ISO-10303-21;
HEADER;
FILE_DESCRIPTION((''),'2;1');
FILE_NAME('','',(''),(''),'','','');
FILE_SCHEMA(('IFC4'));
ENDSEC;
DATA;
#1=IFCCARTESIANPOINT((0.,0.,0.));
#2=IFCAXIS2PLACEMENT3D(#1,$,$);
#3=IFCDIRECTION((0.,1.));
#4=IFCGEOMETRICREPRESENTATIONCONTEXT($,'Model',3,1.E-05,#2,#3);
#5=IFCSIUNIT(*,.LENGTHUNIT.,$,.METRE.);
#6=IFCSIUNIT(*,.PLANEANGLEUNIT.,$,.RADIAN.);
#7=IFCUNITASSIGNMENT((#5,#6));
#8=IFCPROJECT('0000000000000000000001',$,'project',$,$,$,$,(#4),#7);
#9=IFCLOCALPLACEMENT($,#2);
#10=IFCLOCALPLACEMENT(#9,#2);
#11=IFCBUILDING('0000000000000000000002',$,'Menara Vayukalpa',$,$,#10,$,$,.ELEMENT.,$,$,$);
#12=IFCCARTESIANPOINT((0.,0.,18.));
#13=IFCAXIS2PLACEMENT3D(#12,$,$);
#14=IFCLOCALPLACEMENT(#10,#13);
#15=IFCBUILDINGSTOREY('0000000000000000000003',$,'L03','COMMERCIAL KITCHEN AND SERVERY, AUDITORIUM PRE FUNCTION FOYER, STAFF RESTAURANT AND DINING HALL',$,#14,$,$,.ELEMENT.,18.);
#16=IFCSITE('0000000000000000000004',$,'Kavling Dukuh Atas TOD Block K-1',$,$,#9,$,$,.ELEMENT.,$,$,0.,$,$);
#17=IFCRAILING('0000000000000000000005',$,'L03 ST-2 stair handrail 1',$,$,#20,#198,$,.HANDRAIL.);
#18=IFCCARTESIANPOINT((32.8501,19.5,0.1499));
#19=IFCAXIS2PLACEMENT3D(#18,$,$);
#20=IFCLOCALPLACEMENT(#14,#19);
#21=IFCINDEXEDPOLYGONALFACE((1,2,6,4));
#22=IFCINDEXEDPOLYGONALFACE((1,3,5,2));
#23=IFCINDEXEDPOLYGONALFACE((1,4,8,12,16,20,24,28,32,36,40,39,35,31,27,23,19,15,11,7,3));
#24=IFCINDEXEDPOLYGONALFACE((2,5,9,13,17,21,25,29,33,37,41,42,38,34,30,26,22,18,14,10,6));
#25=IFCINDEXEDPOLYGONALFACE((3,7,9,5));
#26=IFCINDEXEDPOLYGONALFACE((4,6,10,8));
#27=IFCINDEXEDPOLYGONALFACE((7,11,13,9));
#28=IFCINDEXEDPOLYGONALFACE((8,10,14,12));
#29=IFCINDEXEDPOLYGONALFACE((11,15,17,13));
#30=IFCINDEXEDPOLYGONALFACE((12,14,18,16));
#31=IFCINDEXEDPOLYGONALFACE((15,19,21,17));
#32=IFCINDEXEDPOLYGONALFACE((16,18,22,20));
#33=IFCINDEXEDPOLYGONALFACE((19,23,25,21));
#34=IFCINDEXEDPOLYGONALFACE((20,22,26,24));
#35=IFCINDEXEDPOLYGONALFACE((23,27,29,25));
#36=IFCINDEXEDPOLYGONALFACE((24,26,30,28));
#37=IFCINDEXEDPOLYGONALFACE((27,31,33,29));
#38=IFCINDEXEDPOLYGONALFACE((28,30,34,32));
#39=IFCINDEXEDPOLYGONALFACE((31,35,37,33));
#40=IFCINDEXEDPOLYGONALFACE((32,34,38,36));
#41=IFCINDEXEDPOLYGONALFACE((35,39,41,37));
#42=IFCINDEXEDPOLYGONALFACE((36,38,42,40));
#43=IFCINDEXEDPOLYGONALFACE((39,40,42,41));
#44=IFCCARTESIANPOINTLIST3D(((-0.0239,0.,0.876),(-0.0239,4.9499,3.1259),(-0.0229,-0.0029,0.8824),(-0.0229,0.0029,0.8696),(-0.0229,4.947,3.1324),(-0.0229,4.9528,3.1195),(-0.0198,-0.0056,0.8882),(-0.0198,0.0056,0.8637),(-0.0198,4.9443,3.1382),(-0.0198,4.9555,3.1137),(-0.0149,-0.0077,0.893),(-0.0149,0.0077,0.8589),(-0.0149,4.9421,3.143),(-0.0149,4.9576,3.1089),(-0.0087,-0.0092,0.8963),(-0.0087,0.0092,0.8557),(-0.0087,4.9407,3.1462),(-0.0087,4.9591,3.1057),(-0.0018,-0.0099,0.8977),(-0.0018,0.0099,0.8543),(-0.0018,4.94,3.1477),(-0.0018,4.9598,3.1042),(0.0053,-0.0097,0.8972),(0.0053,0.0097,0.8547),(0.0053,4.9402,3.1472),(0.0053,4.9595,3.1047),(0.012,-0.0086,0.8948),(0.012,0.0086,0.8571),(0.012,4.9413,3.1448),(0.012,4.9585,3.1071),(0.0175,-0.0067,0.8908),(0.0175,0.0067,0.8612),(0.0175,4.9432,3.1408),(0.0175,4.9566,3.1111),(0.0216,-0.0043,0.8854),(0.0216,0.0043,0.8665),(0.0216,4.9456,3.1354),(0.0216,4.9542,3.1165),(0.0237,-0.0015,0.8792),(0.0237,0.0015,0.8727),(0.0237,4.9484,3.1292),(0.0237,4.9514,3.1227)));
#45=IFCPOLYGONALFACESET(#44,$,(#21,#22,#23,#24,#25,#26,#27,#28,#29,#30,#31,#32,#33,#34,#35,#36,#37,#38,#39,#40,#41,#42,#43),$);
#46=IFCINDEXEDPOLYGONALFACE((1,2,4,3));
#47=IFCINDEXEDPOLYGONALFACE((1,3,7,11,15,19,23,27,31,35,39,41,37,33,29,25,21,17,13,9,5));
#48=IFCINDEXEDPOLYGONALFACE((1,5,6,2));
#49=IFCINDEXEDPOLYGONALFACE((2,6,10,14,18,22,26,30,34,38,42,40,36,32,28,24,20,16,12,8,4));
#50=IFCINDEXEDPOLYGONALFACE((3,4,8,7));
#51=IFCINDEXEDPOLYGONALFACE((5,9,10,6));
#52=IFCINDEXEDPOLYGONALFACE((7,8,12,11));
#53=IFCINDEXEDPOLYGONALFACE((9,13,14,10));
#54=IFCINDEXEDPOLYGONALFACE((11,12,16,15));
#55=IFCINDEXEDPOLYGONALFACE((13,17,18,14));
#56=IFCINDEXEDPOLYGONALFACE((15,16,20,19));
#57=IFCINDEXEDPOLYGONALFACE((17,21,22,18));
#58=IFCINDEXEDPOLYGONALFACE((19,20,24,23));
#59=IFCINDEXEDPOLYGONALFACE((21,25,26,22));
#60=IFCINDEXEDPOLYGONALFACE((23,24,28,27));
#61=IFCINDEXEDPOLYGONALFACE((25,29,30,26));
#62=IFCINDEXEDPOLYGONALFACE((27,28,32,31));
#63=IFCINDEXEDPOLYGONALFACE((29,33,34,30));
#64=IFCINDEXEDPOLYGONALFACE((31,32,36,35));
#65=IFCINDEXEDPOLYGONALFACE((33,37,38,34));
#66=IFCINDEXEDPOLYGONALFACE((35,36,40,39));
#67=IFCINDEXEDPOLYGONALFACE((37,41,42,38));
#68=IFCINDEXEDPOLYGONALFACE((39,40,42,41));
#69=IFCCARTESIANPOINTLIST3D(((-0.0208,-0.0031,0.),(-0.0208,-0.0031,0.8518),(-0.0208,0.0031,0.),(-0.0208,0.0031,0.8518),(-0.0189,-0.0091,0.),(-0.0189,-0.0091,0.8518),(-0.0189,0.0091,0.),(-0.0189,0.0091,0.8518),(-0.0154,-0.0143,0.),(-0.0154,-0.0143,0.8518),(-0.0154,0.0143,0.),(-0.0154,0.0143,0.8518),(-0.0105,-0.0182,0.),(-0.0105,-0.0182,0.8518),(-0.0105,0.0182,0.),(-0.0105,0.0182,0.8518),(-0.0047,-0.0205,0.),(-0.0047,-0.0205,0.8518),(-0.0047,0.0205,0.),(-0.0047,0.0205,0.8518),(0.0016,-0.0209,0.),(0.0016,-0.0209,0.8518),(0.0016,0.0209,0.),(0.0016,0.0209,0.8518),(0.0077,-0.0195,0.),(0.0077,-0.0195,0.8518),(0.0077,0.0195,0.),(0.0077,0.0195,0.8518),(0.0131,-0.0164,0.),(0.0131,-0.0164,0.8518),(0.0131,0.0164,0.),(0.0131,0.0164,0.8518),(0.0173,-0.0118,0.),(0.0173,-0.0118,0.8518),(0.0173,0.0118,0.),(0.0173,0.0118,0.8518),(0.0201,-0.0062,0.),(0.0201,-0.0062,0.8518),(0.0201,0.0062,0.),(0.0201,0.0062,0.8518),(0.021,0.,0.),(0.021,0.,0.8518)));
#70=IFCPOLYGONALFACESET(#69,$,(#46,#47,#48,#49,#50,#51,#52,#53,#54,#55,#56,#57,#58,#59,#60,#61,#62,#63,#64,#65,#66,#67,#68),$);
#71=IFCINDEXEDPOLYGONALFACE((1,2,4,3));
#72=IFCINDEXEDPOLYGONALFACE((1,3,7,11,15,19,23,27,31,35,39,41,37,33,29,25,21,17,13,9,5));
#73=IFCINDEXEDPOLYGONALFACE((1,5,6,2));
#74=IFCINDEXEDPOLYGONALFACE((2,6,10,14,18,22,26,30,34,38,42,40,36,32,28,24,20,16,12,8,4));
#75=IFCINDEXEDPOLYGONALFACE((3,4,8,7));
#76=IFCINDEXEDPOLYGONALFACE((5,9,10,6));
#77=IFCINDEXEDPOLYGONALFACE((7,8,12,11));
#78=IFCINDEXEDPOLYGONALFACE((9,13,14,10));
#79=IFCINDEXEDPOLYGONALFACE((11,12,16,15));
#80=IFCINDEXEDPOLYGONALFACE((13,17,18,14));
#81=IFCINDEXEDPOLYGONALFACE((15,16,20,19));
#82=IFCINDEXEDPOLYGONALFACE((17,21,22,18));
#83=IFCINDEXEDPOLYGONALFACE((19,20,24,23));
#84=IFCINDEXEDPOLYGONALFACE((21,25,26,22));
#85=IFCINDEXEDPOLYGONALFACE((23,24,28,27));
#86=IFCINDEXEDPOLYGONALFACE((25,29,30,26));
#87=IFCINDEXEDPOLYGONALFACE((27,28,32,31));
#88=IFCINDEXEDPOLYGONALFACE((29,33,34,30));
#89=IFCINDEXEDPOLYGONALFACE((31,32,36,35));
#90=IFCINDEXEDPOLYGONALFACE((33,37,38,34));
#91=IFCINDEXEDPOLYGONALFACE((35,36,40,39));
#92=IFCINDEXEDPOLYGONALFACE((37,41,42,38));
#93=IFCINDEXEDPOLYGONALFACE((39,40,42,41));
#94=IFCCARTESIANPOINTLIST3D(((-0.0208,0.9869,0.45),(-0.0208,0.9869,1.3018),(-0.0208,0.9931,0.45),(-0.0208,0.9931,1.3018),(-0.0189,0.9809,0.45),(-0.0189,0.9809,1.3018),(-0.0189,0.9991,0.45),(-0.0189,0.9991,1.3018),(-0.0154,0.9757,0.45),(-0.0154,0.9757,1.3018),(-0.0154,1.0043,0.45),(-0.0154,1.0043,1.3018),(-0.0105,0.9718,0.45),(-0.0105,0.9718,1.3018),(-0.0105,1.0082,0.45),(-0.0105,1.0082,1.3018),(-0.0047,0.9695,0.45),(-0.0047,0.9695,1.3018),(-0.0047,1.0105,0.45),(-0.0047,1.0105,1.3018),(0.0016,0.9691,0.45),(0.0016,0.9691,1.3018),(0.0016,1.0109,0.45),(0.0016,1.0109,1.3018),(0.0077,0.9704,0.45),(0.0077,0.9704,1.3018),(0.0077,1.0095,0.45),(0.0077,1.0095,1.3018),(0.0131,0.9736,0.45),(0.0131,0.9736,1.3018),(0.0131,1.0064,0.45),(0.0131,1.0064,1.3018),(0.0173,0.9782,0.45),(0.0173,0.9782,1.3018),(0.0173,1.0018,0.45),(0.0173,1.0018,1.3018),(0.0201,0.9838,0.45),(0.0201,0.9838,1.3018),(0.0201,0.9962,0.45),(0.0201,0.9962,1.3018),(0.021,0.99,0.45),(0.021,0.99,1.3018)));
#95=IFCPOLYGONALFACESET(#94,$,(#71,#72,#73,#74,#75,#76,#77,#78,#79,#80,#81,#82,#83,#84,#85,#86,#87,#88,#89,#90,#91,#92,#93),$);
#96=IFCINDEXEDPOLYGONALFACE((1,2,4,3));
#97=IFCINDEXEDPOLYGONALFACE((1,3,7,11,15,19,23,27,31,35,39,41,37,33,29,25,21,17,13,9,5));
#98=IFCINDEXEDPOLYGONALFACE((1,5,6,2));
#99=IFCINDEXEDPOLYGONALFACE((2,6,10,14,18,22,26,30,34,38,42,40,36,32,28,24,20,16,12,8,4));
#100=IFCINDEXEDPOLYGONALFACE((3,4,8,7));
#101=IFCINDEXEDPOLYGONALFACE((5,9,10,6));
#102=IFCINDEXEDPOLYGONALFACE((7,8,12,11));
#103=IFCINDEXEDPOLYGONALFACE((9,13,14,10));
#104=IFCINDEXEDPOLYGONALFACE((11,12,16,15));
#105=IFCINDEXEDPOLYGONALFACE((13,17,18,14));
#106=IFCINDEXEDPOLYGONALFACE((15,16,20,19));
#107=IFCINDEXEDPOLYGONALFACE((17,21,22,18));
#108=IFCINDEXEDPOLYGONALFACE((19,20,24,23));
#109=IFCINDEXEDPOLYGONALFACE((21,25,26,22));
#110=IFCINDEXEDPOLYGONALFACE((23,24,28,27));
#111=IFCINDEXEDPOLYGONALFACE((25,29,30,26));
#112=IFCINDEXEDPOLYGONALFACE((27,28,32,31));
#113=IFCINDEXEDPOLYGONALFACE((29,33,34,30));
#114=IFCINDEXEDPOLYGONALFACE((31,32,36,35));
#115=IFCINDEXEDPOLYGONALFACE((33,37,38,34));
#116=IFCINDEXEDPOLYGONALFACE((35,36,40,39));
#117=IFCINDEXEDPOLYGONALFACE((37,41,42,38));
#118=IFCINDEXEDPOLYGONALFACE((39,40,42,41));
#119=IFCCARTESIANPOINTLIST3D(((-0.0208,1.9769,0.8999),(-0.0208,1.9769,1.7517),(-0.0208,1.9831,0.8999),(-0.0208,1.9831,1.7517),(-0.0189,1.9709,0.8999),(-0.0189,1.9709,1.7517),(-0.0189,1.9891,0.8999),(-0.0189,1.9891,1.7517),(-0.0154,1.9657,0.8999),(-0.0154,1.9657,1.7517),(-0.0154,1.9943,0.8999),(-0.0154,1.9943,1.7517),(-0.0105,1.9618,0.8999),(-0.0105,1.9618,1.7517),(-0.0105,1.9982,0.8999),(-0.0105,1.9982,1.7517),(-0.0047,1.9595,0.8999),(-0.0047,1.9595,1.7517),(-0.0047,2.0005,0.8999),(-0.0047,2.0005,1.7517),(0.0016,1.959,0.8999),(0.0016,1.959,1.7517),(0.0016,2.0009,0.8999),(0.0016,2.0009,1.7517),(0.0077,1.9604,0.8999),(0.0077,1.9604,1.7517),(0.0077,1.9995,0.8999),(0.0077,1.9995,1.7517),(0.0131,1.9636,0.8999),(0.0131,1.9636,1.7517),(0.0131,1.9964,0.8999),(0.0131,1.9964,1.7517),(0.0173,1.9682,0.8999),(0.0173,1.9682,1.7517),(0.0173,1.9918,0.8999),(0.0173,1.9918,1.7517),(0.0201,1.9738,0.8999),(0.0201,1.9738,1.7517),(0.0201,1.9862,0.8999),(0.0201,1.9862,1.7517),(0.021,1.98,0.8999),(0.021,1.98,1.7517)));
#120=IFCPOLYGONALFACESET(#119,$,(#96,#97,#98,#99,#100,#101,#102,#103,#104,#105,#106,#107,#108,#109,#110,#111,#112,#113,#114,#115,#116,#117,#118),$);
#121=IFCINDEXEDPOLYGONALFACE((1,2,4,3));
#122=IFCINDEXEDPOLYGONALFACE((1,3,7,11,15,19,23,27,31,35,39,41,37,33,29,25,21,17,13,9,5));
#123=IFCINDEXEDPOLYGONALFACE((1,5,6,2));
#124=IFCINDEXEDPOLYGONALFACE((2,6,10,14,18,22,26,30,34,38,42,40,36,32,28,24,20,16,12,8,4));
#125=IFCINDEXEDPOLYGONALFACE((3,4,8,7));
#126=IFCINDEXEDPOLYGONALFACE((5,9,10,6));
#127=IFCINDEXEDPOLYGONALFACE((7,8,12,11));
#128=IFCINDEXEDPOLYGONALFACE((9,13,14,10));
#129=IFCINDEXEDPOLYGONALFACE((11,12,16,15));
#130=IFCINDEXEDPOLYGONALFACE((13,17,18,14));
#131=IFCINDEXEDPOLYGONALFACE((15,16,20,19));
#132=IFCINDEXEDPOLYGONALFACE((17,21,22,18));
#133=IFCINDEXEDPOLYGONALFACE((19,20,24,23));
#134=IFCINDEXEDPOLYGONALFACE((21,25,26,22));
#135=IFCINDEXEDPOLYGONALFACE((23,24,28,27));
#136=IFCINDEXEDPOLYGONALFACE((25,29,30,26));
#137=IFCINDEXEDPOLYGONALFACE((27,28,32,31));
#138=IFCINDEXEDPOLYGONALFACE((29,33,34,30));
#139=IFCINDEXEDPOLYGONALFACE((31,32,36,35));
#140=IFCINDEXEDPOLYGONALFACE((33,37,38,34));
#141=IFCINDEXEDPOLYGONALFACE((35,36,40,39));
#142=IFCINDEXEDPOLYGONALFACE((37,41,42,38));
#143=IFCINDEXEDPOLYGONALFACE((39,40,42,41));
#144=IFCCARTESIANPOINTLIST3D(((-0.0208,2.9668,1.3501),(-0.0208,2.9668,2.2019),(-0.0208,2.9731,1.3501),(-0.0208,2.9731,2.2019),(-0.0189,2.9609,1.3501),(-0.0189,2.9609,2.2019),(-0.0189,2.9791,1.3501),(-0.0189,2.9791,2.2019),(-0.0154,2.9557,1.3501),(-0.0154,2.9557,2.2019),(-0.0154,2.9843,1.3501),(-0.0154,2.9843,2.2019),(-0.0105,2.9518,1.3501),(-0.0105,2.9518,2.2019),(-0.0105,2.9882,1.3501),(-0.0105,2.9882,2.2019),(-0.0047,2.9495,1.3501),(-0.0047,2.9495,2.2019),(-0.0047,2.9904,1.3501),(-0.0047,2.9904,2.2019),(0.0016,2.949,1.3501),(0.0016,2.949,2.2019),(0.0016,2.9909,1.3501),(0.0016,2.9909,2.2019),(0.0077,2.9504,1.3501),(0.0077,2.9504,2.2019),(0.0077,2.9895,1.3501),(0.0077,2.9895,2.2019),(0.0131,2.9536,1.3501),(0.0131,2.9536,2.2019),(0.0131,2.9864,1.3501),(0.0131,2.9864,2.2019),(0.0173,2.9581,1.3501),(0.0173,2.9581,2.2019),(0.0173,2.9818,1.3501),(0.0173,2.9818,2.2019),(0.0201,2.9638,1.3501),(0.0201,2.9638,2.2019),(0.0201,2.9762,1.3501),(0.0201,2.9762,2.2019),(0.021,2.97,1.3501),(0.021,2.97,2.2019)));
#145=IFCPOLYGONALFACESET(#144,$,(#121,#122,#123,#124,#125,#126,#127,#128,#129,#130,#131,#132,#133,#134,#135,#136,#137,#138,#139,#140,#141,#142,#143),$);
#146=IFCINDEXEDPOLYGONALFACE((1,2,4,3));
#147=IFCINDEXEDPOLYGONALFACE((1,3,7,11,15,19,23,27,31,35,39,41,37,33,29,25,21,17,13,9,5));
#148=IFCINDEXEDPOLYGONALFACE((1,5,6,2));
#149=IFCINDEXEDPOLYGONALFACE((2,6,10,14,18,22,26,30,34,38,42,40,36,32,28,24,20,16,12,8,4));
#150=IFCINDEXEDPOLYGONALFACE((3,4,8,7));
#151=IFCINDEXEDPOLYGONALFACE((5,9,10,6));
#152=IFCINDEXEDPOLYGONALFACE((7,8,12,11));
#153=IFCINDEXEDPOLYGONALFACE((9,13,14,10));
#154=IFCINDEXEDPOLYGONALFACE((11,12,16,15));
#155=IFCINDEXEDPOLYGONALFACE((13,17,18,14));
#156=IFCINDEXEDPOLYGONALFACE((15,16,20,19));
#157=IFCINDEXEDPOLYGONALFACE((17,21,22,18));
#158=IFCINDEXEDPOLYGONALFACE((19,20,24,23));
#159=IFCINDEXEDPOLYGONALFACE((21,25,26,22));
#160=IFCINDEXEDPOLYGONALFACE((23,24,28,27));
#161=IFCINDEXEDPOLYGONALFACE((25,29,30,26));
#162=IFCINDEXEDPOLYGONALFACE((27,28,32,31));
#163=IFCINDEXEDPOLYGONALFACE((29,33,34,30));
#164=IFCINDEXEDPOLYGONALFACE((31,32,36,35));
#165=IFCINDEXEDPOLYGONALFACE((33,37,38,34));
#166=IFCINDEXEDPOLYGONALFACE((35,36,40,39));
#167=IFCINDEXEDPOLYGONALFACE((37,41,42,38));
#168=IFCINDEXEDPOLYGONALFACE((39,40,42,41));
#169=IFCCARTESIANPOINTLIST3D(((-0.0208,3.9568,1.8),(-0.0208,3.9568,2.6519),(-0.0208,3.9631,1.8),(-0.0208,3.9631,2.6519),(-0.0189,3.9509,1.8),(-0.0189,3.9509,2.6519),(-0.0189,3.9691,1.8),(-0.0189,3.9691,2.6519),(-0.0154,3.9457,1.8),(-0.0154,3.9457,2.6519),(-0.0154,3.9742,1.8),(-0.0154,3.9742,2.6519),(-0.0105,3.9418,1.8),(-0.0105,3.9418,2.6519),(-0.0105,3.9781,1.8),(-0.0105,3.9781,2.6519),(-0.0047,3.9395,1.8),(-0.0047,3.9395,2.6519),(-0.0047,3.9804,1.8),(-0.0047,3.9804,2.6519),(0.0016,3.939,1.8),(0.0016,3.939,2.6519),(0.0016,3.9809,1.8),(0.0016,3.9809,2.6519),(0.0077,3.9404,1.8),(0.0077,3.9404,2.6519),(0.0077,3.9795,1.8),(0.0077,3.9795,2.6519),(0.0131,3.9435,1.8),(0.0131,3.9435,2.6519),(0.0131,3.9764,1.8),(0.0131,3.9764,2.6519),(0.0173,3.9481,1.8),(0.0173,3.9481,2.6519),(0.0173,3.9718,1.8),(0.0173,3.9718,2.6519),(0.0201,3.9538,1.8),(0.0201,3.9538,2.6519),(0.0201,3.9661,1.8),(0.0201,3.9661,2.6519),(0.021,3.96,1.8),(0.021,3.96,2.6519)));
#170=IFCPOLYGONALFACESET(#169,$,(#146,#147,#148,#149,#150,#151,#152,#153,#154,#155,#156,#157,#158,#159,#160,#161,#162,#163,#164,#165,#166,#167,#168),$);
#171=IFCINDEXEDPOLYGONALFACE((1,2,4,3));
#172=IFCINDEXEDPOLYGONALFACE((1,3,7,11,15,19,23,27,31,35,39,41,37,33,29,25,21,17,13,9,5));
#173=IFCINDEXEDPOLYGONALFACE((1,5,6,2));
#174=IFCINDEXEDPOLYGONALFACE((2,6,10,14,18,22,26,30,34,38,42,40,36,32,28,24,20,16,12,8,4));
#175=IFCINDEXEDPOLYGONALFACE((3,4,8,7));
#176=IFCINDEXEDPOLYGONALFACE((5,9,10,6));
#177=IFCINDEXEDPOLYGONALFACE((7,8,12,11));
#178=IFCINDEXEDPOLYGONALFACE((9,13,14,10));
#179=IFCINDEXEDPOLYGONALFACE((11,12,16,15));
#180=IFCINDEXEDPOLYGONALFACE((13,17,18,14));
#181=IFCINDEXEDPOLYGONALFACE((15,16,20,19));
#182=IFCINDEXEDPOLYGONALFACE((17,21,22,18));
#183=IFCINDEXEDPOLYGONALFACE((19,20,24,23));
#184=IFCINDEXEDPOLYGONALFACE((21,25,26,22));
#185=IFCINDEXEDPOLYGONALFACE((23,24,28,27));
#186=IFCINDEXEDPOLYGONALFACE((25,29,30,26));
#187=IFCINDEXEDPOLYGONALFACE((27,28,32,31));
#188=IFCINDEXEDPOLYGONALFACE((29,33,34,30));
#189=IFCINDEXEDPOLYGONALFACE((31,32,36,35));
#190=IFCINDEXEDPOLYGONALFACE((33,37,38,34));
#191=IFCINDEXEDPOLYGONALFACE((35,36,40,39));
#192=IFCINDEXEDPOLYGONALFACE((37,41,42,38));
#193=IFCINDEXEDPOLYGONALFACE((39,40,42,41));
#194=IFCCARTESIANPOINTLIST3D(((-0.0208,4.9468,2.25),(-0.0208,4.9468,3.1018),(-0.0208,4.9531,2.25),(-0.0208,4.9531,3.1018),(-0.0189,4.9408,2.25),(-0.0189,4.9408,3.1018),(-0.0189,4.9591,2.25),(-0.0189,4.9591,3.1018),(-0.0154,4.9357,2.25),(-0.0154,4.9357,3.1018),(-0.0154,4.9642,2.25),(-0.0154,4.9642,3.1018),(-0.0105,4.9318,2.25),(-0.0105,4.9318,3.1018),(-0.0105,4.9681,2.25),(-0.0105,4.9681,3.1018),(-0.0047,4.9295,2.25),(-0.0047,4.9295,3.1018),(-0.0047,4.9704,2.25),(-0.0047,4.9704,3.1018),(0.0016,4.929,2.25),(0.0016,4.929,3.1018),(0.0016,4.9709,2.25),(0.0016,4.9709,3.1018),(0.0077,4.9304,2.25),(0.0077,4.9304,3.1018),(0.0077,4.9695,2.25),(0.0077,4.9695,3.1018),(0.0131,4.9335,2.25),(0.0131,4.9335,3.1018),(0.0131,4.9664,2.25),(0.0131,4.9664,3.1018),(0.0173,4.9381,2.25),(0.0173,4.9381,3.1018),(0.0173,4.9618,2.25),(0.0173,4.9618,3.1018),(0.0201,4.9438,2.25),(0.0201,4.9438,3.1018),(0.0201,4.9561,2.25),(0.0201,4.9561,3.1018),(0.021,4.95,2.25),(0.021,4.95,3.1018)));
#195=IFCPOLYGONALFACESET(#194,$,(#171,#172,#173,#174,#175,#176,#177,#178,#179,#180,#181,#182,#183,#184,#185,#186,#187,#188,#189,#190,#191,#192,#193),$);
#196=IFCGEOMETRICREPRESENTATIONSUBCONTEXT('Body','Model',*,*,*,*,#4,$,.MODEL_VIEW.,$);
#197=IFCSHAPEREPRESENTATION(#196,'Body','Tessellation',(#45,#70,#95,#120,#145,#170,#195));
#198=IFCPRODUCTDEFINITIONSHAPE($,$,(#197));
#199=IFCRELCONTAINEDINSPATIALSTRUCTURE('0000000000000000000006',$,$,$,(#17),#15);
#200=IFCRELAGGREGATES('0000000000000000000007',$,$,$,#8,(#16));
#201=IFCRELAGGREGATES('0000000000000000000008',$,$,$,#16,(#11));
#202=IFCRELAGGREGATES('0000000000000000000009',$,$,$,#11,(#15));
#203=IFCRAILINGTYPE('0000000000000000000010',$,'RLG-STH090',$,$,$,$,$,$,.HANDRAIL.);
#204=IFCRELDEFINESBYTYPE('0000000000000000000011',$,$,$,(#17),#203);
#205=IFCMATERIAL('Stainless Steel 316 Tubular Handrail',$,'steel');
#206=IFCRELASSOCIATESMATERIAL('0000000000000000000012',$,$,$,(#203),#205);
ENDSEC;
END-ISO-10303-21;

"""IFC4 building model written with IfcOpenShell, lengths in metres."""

from ifc_helpers import new_model, si_unit, direction, frame, origin, origin_2d, place, context, subcontext, project, spatial, circle, extrude, material, type_object, element, save


model = new_model("IFC4")

# Units and contexts
model_context = context("Model", 3, precision=1e-05, world=origin(), true_north=direction((0.0, 1.0)))
body_context = subcontext(model_context, "Body", "Model", "MODEL_VIEW")
ifc_project = project(units=[si_unit("LENGTHUNIT", "METRE"), si_unit("PLANEANGLEUNIT", "RADIAN")], contexts=[model_context])

# Site, building, storey
site_placement = place(None, origin())
site = spatial("IfcSite", under=ifc_project, at=site_placement, Name="Kavling Dukuh Atas TOD Block K-1", CompositionType="ELEMENT", RefElevation=0.0)
building_placement = place(site_placement, origin())
building = spatial("IfcBuilding", under=site, at=building_placement, Name="Menara Vayukalpa", CompositionType="ELEMENT")
storey_placement = place(building_placement, frame((0.0, 0.0, 18.0)))
storey = spatial("IfcBuildingStorey", under=building, at=storey_placement, Name="L03", Description="COMMERCIAL KITCHEN AND SERVERY, AUDITORIUM PRE FUNCTION FOYER, STAFF RESTAURANT AND DINING HALL", CompositionType="ELEMENT", Elevation=18.0)

# Railing
ifc_material_1 = material(Name="Stainless Steel 316 Tubular Handrail", Category="steel")
railing_type_1 = type_object("IfcRailingType", Name="RLG-STH090", PredefinedType="HANDRAIL", material=ifc_material_1)
for number, where, name in (
    (1, (32.8501, 19.5, 0.1499), "L03 ST-2 stair handrail 1"),
):
    element("IfcRailing", number, at=place(storey_placement, frame(where)), inside=storey, type_object=railing_type_1, Name=name, PredefinedType="HANDRAIL", context=body_context, shape_type="SweptSolid", body=[
        extrude(circle(Radius=0.0239, at=origin_2d()), frame((0.0, 0.0, 0.876), z_axis=(0.0, 0.910365, 0.413806), x_axis=(-1.0, 0.0, 0.0)), (0.0, 0.0, 1.0), 5.4373),
        extrude(circle(Radius=0.021, at=origin_2d()), origin(), (0.0, 0.0, 1.0), 0.8518),
        extrude(circle(Radius=0.021, at=origin_2d()), frame((0.0, 0.99, 0.45)), (0.0, 0.0, 1.0), 0.8518),
        extrude(circle(Radius=0.021, at=origin_2d()), frame((0.0, 1.98, 0.8999)), (0.0, 0.0, 1.0), 0.8518),
        extrude(circle(Radius=0.021, at=origin_2d()), frame((0.0, 2.97, 1.3501)), (0.0, 0.0, 1.0), 0.8518),
        extrude(circle(Radius=0.021, at=origin_2d()), frame((0.0, 3.96, 1.8)), (0.0, 0.0, 1.0), 0.8518),
        extrude(circle(Radius=0.021, at=origin_2d()), frame((0.0, 4.95, 2.25)), (0.0, 0.0, 1.0), 0.8518),
    ])

save(model, "model.ifc")
